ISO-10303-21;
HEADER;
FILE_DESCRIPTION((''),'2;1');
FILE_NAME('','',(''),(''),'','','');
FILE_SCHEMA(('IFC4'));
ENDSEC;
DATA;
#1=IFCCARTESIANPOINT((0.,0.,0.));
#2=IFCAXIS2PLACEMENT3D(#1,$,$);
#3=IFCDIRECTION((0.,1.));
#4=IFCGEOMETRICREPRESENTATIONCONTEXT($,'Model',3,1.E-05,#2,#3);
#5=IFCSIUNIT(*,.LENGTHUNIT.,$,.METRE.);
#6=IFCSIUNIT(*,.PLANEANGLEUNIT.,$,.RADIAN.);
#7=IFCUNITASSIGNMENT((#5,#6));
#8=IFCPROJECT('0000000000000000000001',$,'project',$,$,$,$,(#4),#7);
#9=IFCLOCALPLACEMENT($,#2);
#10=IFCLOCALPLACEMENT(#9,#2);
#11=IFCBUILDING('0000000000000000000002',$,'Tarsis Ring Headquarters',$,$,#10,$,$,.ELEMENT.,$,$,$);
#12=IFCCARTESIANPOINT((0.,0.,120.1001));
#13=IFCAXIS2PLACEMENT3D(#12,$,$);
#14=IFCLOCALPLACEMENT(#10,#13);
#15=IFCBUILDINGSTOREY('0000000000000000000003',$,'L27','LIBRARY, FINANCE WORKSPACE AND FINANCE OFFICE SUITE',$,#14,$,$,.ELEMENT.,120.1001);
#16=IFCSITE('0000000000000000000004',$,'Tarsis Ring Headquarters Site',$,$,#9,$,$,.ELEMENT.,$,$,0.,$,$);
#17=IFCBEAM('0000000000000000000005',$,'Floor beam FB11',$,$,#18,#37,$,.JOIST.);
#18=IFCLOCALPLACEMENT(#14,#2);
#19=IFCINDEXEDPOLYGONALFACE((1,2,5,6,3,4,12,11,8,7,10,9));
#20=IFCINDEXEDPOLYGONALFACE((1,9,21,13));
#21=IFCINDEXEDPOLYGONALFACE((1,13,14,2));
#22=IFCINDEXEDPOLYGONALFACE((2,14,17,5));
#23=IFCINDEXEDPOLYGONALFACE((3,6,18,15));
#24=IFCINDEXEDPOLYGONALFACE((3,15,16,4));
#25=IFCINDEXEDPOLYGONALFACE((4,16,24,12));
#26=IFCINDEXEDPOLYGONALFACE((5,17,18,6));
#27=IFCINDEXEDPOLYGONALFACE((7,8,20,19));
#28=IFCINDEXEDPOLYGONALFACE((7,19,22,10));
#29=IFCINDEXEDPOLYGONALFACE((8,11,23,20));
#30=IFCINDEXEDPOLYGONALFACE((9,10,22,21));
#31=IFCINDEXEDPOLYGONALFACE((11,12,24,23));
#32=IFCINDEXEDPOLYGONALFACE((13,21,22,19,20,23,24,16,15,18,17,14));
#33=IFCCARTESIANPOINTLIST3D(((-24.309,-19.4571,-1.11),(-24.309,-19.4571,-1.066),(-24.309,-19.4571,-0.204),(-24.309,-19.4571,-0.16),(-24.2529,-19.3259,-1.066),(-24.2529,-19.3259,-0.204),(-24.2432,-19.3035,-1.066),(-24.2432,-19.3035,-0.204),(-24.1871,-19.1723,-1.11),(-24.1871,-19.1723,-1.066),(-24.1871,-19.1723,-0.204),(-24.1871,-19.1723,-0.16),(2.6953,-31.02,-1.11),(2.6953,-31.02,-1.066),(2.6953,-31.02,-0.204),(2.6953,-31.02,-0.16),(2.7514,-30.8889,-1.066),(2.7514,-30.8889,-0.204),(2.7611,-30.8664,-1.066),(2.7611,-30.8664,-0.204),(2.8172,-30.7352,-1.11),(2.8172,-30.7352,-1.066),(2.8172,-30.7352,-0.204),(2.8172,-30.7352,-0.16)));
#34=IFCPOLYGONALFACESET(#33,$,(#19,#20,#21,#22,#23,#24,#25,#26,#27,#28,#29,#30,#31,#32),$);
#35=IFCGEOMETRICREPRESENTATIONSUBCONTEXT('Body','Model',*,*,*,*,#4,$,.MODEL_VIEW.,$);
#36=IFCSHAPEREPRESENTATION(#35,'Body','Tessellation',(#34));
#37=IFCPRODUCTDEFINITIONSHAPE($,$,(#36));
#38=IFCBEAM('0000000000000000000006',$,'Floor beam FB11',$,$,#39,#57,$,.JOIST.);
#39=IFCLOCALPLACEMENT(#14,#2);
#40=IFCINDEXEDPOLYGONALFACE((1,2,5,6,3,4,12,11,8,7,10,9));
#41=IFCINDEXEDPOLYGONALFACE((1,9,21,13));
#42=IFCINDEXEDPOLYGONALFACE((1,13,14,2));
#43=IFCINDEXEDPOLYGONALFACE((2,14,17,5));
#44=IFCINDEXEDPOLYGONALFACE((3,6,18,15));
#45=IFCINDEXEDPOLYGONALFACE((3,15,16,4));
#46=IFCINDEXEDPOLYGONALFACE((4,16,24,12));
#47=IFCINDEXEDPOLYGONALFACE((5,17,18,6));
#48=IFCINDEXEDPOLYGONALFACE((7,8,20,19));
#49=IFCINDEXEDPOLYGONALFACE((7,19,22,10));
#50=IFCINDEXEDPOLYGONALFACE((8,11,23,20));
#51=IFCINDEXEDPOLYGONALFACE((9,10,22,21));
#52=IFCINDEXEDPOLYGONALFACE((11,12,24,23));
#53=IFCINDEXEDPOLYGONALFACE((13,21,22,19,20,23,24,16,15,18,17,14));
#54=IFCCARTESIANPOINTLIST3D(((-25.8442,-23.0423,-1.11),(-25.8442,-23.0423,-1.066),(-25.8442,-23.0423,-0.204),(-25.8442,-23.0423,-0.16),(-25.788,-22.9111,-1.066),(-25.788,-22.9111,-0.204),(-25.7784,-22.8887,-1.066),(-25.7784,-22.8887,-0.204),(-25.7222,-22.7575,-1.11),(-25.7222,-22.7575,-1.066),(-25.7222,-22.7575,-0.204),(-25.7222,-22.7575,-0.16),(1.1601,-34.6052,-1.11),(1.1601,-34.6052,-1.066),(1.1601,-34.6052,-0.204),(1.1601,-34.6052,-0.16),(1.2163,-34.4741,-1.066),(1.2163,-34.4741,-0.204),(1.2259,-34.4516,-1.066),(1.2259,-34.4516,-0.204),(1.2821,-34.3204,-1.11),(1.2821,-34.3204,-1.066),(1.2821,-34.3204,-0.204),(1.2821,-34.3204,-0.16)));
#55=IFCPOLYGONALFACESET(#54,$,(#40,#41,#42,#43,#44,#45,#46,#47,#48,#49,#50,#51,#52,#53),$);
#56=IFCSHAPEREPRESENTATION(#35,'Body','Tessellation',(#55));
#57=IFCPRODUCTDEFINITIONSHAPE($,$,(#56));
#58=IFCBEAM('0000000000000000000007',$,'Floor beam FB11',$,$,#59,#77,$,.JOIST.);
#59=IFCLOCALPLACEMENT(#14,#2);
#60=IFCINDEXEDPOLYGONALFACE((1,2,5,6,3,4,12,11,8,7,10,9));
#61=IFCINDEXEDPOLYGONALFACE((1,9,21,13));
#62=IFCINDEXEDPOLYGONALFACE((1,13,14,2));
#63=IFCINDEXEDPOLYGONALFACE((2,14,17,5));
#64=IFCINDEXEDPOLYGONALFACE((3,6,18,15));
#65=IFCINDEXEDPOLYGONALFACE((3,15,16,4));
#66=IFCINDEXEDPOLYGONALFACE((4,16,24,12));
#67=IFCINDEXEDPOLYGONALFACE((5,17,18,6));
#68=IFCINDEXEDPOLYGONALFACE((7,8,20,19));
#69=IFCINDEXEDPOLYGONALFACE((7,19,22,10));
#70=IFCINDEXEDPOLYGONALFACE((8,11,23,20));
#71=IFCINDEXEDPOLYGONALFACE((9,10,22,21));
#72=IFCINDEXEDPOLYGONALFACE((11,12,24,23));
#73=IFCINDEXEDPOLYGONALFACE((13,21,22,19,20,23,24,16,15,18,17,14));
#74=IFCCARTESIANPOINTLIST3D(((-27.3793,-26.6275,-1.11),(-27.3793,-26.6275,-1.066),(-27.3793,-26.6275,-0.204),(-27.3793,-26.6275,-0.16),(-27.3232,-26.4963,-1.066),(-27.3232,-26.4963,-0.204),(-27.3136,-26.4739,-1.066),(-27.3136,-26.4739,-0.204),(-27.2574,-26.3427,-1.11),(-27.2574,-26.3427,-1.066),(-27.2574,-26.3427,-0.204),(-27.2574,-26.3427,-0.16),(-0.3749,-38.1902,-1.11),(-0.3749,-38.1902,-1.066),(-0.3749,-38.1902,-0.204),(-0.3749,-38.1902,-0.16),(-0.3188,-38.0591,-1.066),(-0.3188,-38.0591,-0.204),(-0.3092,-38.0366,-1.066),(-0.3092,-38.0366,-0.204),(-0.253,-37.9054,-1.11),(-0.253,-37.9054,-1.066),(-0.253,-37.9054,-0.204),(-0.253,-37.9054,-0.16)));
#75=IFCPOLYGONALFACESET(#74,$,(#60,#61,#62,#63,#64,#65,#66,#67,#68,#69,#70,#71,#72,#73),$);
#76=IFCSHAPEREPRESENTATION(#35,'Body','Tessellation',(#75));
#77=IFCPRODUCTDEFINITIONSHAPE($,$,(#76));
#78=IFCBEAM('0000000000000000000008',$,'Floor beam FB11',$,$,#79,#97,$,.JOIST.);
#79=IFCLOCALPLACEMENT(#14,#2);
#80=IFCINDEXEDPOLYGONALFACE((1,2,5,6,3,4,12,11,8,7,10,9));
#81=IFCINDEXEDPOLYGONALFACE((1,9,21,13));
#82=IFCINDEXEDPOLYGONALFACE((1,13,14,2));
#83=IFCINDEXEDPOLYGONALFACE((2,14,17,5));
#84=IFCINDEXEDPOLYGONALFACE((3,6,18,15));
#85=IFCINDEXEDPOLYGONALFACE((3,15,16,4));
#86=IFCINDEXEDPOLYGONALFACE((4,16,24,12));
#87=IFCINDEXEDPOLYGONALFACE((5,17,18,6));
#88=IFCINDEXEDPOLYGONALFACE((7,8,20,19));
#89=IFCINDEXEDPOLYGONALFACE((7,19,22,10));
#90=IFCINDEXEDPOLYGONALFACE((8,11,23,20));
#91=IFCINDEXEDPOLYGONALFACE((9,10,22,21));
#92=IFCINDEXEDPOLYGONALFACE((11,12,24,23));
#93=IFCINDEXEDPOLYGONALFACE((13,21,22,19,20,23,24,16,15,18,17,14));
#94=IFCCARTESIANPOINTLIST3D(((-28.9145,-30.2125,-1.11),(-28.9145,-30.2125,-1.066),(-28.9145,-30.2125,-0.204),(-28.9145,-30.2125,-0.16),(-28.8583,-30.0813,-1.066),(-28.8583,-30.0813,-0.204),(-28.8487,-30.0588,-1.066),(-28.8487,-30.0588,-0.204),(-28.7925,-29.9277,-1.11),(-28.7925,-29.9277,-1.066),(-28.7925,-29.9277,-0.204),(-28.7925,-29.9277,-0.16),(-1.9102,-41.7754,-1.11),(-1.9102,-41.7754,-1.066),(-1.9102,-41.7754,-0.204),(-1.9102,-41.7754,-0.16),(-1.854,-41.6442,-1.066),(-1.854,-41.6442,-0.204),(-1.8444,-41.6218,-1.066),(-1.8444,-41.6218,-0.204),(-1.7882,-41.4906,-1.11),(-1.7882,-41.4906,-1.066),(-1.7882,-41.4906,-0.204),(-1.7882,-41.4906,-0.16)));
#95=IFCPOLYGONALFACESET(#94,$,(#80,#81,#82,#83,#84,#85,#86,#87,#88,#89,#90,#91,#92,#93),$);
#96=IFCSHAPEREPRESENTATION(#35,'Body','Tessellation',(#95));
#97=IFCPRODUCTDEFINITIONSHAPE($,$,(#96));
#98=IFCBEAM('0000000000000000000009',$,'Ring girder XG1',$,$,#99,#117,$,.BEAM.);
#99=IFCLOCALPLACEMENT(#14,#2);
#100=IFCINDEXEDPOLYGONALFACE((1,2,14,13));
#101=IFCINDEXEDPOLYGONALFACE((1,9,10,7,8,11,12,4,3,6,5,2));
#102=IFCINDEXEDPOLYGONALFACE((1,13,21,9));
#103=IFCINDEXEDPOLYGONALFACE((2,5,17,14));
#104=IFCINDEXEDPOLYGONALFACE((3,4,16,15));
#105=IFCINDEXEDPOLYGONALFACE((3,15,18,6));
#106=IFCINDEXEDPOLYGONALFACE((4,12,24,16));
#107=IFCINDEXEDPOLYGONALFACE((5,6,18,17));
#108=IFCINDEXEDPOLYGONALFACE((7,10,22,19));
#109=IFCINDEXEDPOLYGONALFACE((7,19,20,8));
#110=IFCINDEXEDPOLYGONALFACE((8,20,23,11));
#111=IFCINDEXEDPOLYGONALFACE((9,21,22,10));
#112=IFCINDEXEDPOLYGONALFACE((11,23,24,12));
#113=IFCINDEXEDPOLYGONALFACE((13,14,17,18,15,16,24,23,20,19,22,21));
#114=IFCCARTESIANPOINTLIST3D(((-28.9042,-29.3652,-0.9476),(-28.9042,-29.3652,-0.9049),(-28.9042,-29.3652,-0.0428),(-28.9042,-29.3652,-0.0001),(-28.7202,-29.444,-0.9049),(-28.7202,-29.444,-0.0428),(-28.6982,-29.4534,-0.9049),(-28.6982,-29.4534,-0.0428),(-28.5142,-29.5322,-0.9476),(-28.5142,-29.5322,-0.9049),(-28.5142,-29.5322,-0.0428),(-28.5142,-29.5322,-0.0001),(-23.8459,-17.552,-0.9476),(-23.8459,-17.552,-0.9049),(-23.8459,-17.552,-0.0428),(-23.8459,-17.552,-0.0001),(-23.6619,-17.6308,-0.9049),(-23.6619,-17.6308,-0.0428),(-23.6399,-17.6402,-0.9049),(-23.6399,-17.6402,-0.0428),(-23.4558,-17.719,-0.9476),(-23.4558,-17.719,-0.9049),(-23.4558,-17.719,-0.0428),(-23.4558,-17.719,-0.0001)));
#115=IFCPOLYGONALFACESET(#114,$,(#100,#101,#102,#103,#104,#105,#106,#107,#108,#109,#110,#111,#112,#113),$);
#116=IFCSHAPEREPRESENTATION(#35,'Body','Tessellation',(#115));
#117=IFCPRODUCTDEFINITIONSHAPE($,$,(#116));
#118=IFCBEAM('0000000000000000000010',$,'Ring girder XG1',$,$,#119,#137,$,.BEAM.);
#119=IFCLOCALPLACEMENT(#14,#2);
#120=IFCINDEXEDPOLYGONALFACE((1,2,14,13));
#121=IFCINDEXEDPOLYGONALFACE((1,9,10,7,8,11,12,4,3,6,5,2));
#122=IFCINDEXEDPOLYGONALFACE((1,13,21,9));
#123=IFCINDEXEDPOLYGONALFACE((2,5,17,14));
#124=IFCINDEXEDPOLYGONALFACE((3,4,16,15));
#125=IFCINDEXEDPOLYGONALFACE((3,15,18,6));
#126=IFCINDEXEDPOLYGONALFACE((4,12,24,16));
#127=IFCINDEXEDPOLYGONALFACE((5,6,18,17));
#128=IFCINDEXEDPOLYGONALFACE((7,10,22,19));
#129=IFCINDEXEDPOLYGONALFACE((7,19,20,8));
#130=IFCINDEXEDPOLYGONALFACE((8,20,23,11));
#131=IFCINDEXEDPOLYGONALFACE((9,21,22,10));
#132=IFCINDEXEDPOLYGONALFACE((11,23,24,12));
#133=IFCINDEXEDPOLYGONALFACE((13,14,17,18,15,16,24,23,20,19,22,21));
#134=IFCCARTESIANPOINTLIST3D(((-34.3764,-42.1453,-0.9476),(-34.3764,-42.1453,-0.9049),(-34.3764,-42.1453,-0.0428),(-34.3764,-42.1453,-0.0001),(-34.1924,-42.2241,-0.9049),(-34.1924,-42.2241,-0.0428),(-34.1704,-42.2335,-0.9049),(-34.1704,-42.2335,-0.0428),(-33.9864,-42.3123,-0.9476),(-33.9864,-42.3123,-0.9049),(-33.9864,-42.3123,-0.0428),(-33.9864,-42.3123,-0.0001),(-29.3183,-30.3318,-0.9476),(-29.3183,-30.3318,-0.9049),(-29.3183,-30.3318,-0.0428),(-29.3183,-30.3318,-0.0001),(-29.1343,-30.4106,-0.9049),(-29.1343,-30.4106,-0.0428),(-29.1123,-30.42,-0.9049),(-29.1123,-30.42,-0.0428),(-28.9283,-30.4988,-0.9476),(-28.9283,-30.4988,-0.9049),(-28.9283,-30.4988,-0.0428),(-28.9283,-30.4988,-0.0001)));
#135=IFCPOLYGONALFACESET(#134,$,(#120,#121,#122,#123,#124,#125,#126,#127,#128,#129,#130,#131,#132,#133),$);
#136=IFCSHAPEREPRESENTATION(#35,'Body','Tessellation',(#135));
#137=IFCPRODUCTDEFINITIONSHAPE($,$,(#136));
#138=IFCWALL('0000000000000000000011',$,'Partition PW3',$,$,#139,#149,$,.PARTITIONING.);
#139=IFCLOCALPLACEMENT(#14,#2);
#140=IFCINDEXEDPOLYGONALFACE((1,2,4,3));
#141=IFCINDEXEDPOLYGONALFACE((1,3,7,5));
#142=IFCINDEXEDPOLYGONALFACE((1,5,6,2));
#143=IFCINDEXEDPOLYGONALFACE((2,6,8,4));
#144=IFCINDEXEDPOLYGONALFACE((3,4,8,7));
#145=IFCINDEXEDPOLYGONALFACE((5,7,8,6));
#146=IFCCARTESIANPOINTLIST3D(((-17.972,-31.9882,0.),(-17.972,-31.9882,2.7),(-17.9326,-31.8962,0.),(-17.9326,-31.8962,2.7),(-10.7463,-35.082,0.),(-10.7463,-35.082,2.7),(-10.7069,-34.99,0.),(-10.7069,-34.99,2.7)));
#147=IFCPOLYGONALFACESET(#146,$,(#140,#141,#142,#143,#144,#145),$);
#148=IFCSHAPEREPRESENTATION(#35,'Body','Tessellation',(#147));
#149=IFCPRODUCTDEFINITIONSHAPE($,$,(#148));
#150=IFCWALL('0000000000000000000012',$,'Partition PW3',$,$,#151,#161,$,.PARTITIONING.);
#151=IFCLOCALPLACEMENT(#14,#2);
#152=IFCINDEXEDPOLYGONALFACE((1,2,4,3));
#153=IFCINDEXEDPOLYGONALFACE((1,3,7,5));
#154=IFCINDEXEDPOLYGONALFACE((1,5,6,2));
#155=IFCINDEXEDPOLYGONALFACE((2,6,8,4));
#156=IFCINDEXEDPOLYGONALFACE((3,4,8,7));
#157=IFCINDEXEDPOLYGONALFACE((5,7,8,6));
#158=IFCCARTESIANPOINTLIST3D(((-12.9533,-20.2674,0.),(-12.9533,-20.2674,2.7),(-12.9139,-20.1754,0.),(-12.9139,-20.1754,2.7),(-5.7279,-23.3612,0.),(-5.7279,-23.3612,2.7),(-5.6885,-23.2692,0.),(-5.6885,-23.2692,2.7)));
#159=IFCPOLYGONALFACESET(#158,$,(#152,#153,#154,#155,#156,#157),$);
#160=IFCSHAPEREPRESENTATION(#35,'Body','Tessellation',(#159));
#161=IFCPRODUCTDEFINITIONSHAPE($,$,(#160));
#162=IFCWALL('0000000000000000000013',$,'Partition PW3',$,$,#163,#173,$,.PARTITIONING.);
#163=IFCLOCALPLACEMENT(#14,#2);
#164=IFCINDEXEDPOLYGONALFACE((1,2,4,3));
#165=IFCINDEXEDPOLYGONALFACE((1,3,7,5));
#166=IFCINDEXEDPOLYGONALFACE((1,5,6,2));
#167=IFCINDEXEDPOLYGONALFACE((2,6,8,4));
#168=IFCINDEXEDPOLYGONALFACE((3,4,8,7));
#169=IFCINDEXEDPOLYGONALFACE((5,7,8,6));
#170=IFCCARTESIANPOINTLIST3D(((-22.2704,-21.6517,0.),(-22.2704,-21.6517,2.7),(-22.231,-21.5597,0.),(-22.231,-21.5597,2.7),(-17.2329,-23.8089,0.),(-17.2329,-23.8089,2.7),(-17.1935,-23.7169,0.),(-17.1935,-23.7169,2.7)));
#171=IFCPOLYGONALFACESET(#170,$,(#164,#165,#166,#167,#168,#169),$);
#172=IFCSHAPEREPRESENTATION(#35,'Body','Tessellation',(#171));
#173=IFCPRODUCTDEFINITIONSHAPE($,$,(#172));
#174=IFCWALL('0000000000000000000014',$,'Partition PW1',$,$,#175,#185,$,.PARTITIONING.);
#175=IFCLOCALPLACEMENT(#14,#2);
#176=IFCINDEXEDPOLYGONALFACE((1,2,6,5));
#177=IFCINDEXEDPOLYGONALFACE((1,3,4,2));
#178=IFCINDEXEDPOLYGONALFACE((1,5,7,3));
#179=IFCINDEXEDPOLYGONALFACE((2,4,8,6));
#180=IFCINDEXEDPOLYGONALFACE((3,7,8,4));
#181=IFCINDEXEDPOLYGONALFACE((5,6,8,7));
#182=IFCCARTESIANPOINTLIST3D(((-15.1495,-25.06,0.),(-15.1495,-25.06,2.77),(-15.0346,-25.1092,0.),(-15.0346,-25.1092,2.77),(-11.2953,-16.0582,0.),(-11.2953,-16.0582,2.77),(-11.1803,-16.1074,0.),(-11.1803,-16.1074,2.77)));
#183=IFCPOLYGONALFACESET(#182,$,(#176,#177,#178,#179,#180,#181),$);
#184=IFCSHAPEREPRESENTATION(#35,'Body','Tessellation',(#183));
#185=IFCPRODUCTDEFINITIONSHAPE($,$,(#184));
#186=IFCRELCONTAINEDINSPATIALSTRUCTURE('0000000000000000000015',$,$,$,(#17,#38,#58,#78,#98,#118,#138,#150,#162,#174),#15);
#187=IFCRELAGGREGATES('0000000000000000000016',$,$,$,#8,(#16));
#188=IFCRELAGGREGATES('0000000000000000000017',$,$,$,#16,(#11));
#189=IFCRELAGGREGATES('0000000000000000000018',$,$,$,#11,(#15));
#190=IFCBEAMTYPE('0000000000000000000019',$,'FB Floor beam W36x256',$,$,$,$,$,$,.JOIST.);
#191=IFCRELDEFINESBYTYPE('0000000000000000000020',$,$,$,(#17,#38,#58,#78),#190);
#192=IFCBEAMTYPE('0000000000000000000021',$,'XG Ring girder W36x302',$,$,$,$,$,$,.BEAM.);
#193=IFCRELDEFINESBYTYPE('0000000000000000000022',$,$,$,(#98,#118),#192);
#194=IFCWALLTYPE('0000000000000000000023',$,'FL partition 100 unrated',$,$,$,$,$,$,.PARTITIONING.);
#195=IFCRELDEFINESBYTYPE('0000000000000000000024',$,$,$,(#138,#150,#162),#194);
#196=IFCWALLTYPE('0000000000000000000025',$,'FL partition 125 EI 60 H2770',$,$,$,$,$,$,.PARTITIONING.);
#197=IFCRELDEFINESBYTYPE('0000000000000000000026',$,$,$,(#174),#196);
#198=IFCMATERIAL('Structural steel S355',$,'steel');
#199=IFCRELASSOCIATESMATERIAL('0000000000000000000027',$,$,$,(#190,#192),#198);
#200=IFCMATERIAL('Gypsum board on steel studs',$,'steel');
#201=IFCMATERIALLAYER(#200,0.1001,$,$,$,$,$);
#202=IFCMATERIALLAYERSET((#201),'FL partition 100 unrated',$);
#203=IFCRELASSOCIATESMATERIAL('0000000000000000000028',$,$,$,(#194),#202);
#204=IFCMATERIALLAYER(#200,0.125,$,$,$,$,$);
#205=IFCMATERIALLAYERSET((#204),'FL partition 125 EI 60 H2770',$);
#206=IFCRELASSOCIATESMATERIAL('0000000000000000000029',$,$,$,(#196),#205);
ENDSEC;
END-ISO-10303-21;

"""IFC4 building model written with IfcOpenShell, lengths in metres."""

from ifc_helpers import new_model, si_unit, direction, frame, frame_2d, origin, origin_2d, place, context, subcontext, project, spatial, rectangle, i_section, extrude, material, layer, layer_set, material_profile, profile_set, type_object, element, save


model = new_model("IFC4")

# Units and contexts
model_context = context("Model", 3, precision=1e-05, world=origin(), true_north=direction((0.0, 1.0)))
body_context = subcontext(model_context, "Body", "Model", "MODEL_VIEW")
ifc_project = project(units=[si_unit("LENGTHUNIT", "METRE"), si_unit("PLANEANGLEUNIT", "RADIAN")], contexts=[model_context])

# Site, building, storey
site_placement = place(None, origin())
site = spatial("IfcSite", under=ifc_project, at=site_placement, Name="Tarsis Ring Headquarters Site", CompositionType="ELEMENT", RefElevation=0.0)
building_placement = place(site_placement, origin())
building = spatial("IfcBuilding", under=site, at=building_placement, Name="Tarsis Ring Headquarters", CompositionType="ELEMENT")
storey_placement = place(building_placement, frame((0.0, 0.0, 120.1001)))
storey = spatial("IfcBuildingStorey", under=building, at=storey_placement, Name="L27", Description="LIBRARY, FINANCE WORKSPACE AND FINANCE OFFICE SUITE", CompositionType="ELEMENT", Elevation=120.1001)

# Shared definitions
ifc_material_1 = material(Name="Structural steel S355", Category="steel")

# Beams
ifc_material_profile_1 = material_profile(ifc_material_1, i_section(OverallWidth=0.3098, OverallDepth=0.95, WebThickness=0.0244, FlangeThickness=0.0439, at=origin_2d()), Name="W36x256")
ifc_profile_set_1 = profile_set([ifc_material_profile_1], Name="Structural steel S355")
beam_type_1 = type_object("IfcBeamType", Name="FB Floor beam W36x256", PredefinedType="JOIST", material=ifc_profile_set_1)
for number, where, z_axis, x_axis, name in (
    (1, (-24.248, -19.3147, -0.635), (0.919272, -0.393622, 0.0), (0.393622, 0.919272, 0.0), "Floor beam FB11"),
    (2, (-25.7832, -22.8999, -0.635), (0.919272, -0.393622, 0.0), (0.393622, 0.919272, 0.0), "Floor beam FB11"),
    (3, (-27.3184, -26.4851, -0.635), (0.919275, -0.393615, 0.0), (0.393615, 0.919275, 0.0), "Floor beam FB11"),
    (4, (-28.8535, -30.0701, -0.635), (0.919272, -0.393622, 0.0), (0.393622, 0.919272, 0.0), "Floor beam FB11"),
):
    element("IfcBeam", number, at=place(storey_placement, frame(where, z_axis=z_axis, x_axis=x_axis)), inside=storey, type_object=beam_type_1, Name=name, PredefinedType="JOIST", context=body_context, shape_type="SweptSolid", body=[
        extrude(i_section(OverallWidth=0.3098, OverallDepth=0.95, WebThickness=0.0244, FlangeThickness=0.0439, at=origin_2d()), origin(), (0.0, 0.0, 1.0), 29.3757),
    ])
ifc_material_profile_2 = material_profile(ifc_material_1, i_section(OverallWidth=0.4243, OverallDepth=0.9475, WebThickness=0.0239, FlangeThickness=0.0427, at=origin_2d()), Name="W36x302")
ifc_profile_set_2 = profile_set([ifc_material_profile_2], Name="Structural steel S355")
beam_type_2 = type_object("IfcBeamType", Name="XG Ring girder W36x302", PredefinedType="BEAM", material=ifc_profile_set_2)
beam_1_placement = place(storey_placement, frame((-23.6509, -17.6355, -0.4739), z_axis=(-0.393626, -0.919271, 0.0), x_axis=(0.919271, -0.393626, 0.0)))
element("IfcBeam", 5, at=beam_1_placement, inside=storey, type_object=beam_type_2, Name="Ring girder XG1", PredefinedType="BEAM", context=body_context, shape_type="SweptSolid", body=[
    extrude(i_section(OverallWidth=0.4243, OverallDepth=0.9475, WebThickness=0.0239, FlangeThickness=0.0427, at=origin_2d()), origin(), (0.0, 0.0, 1.0), 12.8506),
])
beam_2_placement = place(storey_placement, frame((-29.1233, -30.4153, -0.4739), z_axis=(-0.393603, -0.919281, 0.0), x_axis=(0.919281, -0.393603, 0.0)))
element("IfcBeam", 6, at=beam_2_placement, inside=storey, type_object=beam_type_2, Name="Ring girder XG1", PredefinedType="BEAM", context=body_context, shape_type="SweptSolid", body=[
    extrude(i_section(OverallWidth=0.4243, OverallDepth=0.9475, WebThickness=0.0239, FlangeThickness=0.0427, at=origin_2d()), origin(), (0.0, 0.0, 1.0), 12.8508),
])

# Walls
ifc_material_2 = material(Name="Gypsum board on steel studs", Category="steel")
ifc_layer_1 = layer(ifc_material_2, 0.1001)
ifc_layer_set_1 = layer_set([ifc_layer_1], Name="FL partition 100 unrated")
wall_type_1 = type_object("IfcWallType", Name="FL partition 100 unrated", PredefinedType="PARTITIONING", material=ifc_layer_set_1)
wall_1_placement = place(storey_placement, frame((-17.9524, -31.9421, 0.0), z_axis=(0.0, 0.0, 1.0), x_axis=(0.91928, -0.393604, 0.0)))
element("IfcWall", 7, at=wall_1_placement, inside=storey, type_object=wall_type_1, Name="Partition PW3", PredefinedType="PARTITIONING", context=body_context, shape_type="SweptSolid", body=[
    extrude(rectangle(XDim=7.8601, YDim=0.1001, at=frame_2d((3.9302, 0.0))), origin(), (0.0, 0.0, 1.0), 2.7),
])
wall_2_placement = place(storey_placement, frame((-12.9336, -20.2214, 0.0), z_axis=(0.0, 0.0, 1.0), x_axis=(0.919275, -0.393616, 0.0)))
element("IfcWall", 8, at=wall_2_placement, inside=storey, type_object=wall_type_1, Name="Partition PW3", PredefinedType="PARTITIONING", context=body_context, shape_type="SweptSolid", body=[
    extrude(rectangle(XDim=7.8599, YDim=0.1001, at=frame_2d((3.9299, 0.0))), origin(), (0.0, 0.0, 1.0), 2.7),
])
wall_3_placement = place(storey_placement, frame((-22.2507, -21.6057, 0.0), z_axis=(0.0, 0.0, 1.0), x_axis=(0.91926, -0.39365, 0.0)))
element("IfcWall", 9, at=wall_3_placement, inside=storey, type_object=wall_type_1, Name="Partition PW3", PredefinedType="PARTITIONING", context=body_context, shape_type="SweptSolid", body=[
    extrude(rectangle(XDim=5.48, YDim=0.1001, at=frame_2d((2.74, 0.0))), origin(), (0.0, 0.0, 1.0), 2.7),
])
ifc_layer_2 = layer(ifc_material_2, 0.125)
ifc_layer_set_2 = layer_set([ifc_layer_2], Name="FL partition 125 EI 60 H2770")
wall_type_2 = type_object("IfcWallType", Name="FL partition 125 EI 60 H2770", PredefinedType="PARTITIONING", material=ifc_layer_set_2)
wall_4_placement = place(storey_placement, frame((-15.092, -25.0845, 0.0), z_axis=(0.0, 0.0, 1.0), x_axis=(0.393606, 0.919279, 0.0)))
element("IfcWall", 10, at=wall_4_placement, inside=storey, type_object=wall_type_2, Name="Partition PW1", PredefinedType="PARTITIONING", context=body_context, shape_type="SweptSolid", body=[
    extrude(rectangle(XDim=9.7922, YDim=0.125, at=frame_2d((4.896, 0.0))), origin(), (0.0, 0.0, 1.0), 2.77),
])

save(model, "model.ifc")
